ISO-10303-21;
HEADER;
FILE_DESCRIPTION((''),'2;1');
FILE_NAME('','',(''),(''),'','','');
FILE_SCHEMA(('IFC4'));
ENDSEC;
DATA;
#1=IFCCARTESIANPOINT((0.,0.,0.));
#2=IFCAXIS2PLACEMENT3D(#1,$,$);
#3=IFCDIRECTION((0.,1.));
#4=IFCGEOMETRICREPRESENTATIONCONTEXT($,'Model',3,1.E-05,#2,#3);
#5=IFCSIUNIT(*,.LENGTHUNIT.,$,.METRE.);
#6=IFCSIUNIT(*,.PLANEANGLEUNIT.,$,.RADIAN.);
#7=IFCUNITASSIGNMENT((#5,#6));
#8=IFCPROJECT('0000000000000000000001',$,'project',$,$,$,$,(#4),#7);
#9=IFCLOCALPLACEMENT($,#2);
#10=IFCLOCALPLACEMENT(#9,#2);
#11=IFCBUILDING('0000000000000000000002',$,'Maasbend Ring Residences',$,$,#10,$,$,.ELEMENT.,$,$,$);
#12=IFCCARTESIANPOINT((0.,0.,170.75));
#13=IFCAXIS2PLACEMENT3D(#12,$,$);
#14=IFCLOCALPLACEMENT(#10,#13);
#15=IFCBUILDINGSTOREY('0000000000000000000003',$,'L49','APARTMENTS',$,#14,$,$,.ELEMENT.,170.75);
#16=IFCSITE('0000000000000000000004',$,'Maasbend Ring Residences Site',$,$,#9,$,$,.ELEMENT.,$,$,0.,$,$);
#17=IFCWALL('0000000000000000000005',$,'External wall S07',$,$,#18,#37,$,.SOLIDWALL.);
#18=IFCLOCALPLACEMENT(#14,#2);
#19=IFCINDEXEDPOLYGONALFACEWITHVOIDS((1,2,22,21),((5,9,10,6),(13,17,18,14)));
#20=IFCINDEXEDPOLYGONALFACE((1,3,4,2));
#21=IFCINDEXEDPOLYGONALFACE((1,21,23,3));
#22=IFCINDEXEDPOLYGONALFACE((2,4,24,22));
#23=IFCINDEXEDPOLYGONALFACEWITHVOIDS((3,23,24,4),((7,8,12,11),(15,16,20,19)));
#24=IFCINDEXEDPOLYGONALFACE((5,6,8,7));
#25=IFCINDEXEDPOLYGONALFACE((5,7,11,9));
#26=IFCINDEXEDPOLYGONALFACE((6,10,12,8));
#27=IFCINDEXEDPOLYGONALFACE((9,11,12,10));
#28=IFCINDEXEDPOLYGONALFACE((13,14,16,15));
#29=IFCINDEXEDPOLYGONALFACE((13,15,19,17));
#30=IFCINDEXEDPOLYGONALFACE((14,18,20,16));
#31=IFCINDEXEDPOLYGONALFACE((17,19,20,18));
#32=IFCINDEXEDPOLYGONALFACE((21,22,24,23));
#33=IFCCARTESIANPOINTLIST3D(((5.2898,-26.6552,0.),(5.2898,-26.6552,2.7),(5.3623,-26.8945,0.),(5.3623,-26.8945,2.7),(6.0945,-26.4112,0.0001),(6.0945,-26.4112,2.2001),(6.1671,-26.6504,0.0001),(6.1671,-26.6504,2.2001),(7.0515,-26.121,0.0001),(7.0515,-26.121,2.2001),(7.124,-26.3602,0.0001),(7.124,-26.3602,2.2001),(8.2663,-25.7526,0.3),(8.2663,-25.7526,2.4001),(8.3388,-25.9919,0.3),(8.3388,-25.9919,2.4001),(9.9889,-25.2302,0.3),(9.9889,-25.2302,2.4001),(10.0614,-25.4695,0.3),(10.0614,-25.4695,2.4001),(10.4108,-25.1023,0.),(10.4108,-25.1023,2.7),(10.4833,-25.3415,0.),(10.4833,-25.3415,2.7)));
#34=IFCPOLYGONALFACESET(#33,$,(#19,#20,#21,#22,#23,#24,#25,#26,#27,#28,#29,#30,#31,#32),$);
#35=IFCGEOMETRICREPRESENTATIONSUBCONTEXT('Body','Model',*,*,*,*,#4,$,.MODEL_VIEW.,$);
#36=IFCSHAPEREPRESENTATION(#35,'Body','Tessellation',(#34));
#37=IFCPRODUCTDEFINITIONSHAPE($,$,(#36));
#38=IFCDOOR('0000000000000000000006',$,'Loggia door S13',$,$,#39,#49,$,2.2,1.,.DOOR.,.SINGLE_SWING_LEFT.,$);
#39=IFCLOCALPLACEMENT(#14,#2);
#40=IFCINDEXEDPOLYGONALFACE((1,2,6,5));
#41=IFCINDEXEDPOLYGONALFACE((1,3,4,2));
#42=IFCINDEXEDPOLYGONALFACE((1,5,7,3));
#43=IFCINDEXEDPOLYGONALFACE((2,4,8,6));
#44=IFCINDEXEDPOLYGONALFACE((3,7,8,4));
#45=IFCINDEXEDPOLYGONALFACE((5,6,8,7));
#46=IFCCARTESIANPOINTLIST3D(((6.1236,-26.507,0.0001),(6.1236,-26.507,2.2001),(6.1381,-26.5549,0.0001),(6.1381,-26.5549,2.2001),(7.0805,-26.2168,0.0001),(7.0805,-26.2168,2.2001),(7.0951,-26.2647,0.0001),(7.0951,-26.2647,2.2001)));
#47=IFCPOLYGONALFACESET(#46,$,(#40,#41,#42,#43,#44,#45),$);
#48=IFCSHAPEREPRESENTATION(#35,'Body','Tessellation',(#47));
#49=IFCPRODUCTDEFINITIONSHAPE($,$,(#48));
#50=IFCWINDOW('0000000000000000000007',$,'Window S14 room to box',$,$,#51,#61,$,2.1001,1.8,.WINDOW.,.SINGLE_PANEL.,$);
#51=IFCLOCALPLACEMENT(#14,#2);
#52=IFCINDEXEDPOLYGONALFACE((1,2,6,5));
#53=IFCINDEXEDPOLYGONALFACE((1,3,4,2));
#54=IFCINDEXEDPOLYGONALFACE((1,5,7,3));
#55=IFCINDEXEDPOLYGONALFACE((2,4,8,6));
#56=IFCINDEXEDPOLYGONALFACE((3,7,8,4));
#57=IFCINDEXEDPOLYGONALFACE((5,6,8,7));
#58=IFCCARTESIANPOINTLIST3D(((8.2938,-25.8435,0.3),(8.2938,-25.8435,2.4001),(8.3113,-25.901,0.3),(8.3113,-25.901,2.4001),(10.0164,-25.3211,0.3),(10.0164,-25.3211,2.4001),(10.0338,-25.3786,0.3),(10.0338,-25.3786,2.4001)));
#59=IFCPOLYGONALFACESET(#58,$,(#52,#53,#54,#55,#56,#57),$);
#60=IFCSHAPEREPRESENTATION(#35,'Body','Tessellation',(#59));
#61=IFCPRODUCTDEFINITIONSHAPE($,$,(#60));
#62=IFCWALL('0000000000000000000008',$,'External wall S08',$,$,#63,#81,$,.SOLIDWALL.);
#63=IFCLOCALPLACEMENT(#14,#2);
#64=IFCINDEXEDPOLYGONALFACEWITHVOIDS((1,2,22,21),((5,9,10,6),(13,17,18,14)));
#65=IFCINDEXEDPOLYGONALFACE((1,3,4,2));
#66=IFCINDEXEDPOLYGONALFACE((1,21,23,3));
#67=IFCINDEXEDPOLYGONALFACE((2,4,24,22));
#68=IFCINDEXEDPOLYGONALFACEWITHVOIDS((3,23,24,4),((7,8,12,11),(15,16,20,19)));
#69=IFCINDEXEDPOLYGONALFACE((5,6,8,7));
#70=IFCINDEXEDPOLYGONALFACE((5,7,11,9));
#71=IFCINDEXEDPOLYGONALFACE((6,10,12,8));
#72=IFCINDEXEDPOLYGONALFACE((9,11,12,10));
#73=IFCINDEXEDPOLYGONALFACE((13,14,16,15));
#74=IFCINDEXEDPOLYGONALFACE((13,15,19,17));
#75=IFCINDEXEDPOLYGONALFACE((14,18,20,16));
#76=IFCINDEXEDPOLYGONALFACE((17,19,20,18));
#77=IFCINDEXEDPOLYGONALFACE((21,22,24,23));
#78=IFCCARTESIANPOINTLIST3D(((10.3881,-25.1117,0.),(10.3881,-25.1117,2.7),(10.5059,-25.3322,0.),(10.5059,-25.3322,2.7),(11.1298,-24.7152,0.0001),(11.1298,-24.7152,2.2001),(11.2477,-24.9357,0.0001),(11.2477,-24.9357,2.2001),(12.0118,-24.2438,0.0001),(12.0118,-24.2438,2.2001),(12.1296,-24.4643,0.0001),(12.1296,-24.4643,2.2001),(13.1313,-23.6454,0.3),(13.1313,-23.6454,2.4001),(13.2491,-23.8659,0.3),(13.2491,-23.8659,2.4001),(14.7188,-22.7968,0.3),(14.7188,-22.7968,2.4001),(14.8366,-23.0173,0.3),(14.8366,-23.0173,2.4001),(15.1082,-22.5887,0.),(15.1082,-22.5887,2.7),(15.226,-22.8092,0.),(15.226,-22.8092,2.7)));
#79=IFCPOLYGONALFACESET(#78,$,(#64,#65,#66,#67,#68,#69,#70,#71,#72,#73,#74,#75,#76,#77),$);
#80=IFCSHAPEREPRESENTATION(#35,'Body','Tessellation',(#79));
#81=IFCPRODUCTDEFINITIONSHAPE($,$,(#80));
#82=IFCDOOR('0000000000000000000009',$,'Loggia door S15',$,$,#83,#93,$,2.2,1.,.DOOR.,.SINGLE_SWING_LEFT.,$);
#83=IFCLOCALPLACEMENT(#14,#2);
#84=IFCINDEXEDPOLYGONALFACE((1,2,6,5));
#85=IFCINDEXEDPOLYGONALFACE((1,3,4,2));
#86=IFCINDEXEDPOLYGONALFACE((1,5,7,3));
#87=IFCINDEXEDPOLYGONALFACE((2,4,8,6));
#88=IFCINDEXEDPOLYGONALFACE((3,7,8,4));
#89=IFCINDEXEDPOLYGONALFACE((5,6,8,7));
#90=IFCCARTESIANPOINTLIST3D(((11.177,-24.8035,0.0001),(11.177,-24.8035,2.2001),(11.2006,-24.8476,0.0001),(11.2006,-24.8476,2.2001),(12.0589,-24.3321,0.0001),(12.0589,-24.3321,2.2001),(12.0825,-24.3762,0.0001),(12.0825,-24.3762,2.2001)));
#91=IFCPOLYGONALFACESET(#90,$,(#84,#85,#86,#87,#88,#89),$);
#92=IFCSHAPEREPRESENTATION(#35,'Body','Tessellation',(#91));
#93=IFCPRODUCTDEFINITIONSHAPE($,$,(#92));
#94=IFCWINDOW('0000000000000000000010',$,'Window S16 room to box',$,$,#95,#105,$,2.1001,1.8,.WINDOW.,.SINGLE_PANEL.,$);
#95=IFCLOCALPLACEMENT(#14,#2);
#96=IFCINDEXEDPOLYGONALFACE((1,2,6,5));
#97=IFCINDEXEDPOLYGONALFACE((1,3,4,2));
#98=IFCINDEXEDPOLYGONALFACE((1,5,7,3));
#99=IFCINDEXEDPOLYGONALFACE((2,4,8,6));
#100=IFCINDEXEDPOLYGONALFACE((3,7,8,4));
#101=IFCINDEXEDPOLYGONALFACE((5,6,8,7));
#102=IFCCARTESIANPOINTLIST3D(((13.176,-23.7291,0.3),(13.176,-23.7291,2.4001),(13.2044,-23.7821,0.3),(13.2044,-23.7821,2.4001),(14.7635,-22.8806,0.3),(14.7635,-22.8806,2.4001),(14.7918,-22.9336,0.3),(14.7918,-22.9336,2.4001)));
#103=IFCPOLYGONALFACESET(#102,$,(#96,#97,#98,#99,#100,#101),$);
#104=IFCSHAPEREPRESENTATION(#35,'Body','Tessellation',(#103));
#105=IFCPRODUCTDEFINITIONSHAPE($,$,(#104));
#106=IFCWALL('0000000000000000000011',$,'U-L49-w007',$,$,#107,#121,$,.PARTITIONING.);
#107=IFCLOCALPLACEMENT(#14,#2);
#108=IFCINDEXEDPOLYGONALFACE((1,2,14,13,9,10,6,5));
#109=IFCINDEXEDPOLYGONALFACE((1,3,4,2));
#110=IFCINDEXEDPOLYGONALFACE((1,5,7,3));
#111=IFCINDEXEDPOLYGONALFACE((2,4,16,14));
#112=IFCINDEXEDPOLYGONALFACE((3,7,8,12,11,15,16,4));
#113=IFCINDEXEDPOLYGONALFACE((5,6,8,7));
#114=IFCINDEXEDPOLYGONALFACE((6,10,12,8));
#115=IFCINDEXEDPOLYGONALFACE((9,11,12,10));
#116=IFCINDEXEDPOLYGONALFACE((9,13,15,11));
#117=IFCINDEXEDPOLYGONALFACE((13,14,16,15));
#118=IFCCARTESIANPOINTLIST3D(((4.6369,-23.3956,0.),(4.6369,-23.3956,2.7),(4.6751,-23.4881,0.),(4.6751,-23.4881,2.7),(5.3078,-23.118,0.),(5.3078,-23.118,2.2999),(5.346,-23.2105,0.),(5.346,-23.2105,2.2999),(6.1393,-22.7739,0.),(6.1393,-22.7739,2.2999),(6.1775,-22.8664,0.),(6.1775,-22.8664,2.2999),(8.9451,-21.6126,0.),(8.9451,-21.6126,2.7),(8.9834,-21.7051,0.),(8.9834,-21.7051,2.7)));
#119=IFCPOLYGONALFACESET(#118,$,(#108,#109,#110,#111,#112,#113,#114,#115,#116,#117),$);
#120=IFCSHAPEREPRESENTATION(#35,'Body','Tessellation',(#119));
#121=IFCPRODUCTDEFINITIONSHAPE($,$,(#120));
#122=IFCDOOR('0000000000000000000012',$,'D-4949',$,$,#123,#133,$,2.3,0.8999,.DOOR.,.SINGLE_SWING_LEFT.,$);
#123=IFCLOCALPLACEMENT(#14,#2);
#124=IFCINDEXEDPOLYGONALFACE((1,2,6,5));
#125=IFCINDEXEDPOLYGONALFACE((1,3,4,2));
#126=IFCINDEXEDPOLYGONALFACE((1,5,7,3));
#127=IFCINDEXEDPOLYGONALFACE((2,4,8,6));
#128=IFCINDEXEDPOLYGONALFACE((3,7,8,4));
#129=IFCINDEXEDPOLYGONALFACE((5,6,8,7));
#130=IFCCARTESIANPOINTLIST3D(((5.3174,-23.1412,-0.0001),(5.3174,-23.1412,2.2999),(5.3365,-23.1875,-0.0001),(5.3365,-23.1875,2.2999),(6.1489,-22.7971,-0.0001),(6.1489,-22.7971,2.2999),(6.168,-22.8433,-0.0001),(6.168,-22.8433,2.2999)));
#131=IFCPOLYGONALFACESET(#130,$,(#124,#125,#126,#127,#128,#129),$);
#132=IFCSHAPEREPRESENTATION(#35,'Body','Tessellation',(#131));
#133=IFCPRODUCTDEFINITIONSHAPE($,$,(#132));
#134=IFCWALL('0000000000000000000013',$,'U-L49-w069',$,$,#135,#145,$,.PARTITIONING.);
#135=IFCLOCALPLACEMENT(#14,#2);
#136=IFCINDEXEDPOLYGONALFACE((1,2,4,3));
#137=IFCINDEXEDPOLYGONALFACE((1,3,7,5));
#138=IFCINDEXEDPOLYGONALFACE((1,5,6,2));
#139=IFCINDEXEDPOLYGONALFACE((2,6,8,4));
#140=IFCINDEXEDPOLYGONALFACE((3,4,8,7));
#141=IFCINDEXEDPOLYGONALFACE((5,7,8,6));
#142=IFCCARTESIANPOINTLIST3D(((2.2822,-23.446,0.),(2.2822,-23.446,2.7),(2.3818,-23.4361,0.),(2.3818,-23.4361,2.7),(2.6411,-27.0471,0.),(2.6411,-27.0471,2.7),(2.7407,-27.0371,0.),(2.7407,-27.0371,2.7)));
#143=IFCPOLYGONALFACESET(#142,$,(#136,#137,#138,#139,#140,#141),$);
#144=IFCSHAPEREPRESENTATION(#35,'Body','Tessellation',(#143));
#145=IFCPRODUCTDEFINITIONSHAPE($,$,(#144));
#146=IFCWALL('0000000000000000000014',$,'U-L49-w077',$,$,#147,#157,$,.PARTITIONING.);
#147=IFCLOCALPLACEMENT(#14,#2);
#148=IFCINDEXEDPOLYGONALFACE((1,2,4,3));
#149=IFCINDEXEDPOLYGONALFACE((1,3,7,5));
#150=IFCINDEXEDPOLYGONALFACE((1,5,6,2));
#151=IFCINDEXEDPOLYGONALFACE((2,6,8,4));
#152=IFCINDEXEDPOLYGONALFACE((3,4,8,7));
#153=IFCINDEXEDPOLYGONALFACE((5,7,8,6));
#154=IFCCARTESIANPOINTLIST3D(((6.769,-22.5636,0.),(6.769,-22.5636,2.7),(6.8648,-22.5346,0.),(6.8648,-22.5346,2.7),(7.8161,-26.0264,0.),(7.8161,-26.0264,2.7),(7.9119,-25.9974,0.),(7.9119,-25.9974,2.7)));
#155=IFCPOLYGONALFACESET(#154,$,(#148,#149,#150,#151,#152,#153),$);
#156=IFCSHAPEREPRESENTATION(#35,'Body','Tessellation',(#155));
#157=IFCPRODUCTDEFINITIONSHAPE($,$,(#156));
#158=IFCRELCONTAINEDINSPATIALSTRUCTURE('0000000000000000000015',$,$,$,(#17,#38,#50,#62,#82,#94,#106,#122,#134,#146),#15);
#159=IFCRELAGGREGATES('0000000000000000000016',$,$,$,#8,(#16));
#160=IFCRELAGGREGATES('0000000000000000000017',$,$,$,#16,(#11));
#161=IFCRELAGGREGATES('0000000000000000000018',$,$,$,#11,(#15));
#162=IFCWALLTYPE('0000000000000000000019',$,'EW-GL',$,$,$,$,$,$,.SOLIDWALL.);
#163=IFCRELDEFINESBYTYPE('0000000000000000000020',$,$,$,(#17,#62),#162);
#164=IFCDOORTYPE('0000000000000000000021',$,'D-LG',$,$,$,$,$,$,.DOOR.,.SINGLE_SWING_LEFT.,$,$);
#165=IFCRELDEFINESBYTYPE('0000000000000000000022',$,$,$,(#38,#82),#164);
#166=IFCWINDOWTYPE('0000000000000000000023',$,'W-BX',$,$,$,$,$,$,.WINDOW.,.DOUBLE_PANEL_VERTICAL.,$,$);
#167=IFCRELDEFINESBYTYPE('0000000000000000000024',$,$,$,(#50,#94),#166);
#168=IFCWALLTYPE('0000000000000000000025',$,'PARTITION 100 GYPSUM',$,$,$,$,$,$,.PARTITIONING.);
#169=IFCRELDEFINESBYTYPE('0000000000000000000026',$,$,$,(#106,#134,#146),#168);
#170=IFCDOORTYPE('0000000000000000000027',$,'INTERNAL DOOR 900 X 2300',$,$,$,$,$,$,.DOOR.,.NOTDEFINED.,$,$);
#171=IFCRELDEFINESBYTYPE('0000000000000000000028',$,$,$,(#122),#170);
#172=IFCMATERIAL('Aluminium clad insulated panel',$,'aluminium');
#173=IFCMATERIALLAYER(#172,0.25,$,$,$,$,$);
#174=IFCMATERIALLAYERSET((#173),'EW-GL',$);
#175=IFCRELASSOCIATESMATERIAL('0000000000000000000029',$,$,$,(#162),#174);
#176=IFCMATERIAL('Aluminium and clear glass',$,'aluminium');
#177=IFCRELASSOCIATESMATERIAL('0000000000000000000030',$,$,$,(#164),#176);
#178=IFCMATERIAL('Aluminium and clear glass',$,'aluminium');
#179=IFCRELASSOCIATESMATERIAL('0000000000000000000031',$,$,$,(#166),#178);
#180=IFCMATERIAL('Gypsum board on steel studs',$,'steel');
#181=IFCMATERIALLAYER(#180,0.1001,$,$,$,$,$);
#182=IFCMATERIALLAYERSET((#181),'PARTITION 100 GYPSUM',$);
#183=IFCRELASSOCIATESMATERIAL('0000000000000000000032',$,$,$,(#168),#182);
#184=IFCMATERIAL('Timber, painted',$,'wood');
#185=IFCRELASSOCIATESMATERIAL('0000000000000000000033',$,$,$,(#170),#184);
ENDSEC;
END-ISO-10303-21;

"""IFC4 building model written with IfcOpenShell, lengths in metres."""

from ifc_helpers import new_model, si_unit, direction, frame, frame_2d, origin, place, context, subcontext, project, spatial, rectangle, extrude, material, layer, layer_set, type_object, element, fill, save


model = new_model("IFC4")

# Units and contexts
model_context = context("Model", 3, precision=1e-05, world=origin(), true_north=direction((0.0, 1.0)))
body_context = subcontext(model_context, "Body", "Model", "MODEL_VIEW")
ifc_project = project(units=[si_unit("LENGTHUNIT", "METRE"), si_unit("PLANEANGLEUNIT", "RADIAN")], contexts=[model_context])

# Site, building, storey
site_placement = place(None, origin())
site = spatial("IfcSite", under=ifc_project, at=site_placement, Name="Maasbend Ring Residences Site", CompositionType="ELEMENT", RefElevation=0.0)
building_placement = place(site_placement, origin())
building = spatial("IfcBuilding", under=site, at=building_placement, Name="Maasbend Ring Residences", CompositionType="ELEMENT")
storey_placement = place(building_placement, frame((0.0, 0.0, 170.75)))
storey = spatial("IfcBuildingStorey", under=building, at=storey_placement, Name="L49", Description="APARTMENTS", CompositionType="ELEMENT", Elevation=170.75)

# Walls, openings, doors, windows
ifc_material_1 = material(Name="Aluminium clad insulated panel", Category="aluminium")
ifc_layer_1 = layer(ifc_material_1, 0.25)
ifc_layer_set_1 = layer_set([ifc_layer_1], Name="EW-GL")
wall_type_1 = type_object("IfcWallType", Name="EW-GL", PredefinedType="SOLIDWALL", material=ifc_layer_set_1)
wall_1_placement = place(storey_placement, frame((5.3259, -26.7749, 0.0), z_axis=(0.0, 0.0, 1.0), x_axis=(0.956966, 0.290201, 0.0)))
wall_1 = element("IfcWall", 1, at=wall_1_placement, inside=storey, type_object=wall_type_1, Name="External wall S07", PredefinedType="SOLIDWALL", context=body_context, shape_type="SweptSolid", body=[
    extrude(rectangle(XDim=5.3513, YDim=0.25, at=frame_2d((2.6758, 0.0))), origin(), (0.0, 0.0, 1.0), 2.7),
])
opening_1_placement = place(wall_1_placement, frame((0.8411, 0.0, 0.0)))
opening_1 = element("IfcOpeningElement", 2, at=opening_1_placement, cuts=wall_1, PredefinedType="OPENING", context=body_context, shape_type="SweptSolid", body=[
    extrude(rectangle(XDim=1.0, YDim=2.2, at=frame_2d((0.5, 1.1001))), frame((0.0, 0.135, 0.0), z_axis=(0.0, -1.0, 0.0), x_axis=(1.0, 0.0, 0.0)), (0.0, 0.0, 1.0), 0.27),
])
opening_2_placement = place(wall_1_placement, frame((3.1106, 0.0, 0.3)))
opening_2 = element("IfcOpeningElement", 3, at=opening_2_placement, cuts=wall_1, PredefinedType="OPENING", context=body_context, shape_type="SweptSolid", body=[
    extrude(rectangle(XDim=1.8, YDim=2.1001, at=frame_2d((0.8999, 1.05))), frame((0.0, 0.135, 0.0), z_axis=(0.0, -1.0, 0.0), x_axis=(1.0, 0.0, 0.0)), (0.0, 0.0, 1.0), 0.27),
])
ifc_material_2 = material(Name="Aluminium and clear glass", Category="aluminium")
door_type_1 = type_object("IfcDoorType", Name="D-LG", OperationType="SINGLE_SWING_LEFT", PredefinedType="DOOR", material=ifc_material_2)
door_1_placement = place(opening_1_placement, origin())
door_1 = element("IfcDoor", 4, at=door_1_placement, inside=storey, type_object=door_type_1, Name="Loggia door S13", OperationType="SINGLE_SWING_LEFT", OverallHeight=2.2, OverallWidth=1.0, PredefinedType="DOOR", context=body_context, shape_type="SweptSolid", body=[
    extrude(rectangle(XDim=1.0, YDim=2.2, at=frame_2d((0.5, 1.1001))), frame((0.0, 0.0249, 0.0), z_axis=(0.0, -1.0, 0.0), x_axis=(1.0, 0.0, 0.0)), (0.0, 0.0, 1.0), 0.05),
])
fill(opening_1, door_1)
ifc_material_3 = material(Name="Aluminium and clear glass", Category="aluminium")
window_type_1 = type_object("IfcWindowType", Name="W-BX", PartitioningType="DOUBLE_PANEL_VERTICAL", PredefinedType="WINDOW", material=ifc_material_3)
window_1_placement = place(opening_2_placement, origin())
window_1 = element("IfcWindow", 5, at=window_1_placement, inside=storey, type_object=window_type_1, Name="Window S14 room to box", OverallHeight=2.1001, OverallWidth=1.8, PartitioningType="SINGLE_PANEL", PredefinedType="WINDOW", context=body_context, shape_type="SweptSolid", body=[
    extrude(rectangle(XDim=1.8, YDim=2.1001, at=frame_2d((0.8999, 1.05))), frame((0.0, 0.03, 0.0), z_axis=(0.0, -1.0, 0.0), x_axis=(1.0, 0.0, 0.0)), (0.0, 0.0, 1.0), 0.0601),
])
fill(opening_2, window_1)
wall_2_placement = place(storey_placement, frame((10.447, -25.2219, 0.0), z_axis=(0.0, 0.0, 1.0), x_axis=(0.881916, 0.471407, 0.0)))
wall_2 = element("IfcWall", 6, at=wall_2_placement, inside=storey, type_object=wall_type_1, Name="External wall S08", PredefinedType="SOLIDWALL", context=body_context, shape_type="SweptSolid", body=[
    extrude(rectangle(XDim=5.3521, YDim=0.25, at=frame_2d((2.676, 0.0))), origin(), (0.0, 0.0, 1.0), 2.7),
])
opening_3_placement = place(wall_2_placement, frame((0.8411, 0.0, 0.0)))
opening_3 = element("IfcOpeningElement", 7, at=opening_3_placement, cuts=wall_2, PredefinedType="OPENING", context=body_context, shape_type="SweptSolid", body=[
    extrude(rectangle(XDim=1.0, YDim=2.2, at=frame_2d((0.5, 1.1001))), frame((0.0, 0.135, 0.0), z_axis=(0.0, -1.0, 0.0), x_axis=(1.0, 0.0, 0.0)), (0.0, 0.0, 1.0), 0.27),
])
opening_4_placement = place(wall_2_placement, frame((3.1106, 0.0, 0.3)))
opening_4 = element("IfcOpeningElement", 8, at=opening_4_placement, cuts=wall_2, PredefinedType="OPENING", context=body_context, shape_type="SweptSolid", body=[
    extrude(rectangle(XDim=1.8, YDim=2.1001, at=frame_2d((0.8999, 1.05))), frame((0.0, 0.135, 0.0), z_axis=(0.0, -1.0, 0.0), x_axis=(1.0, 0.0, 0.0)), (0.0, 0.0, 1.0), 0.27),
])
door_2_placement = place(opening_3_placement, origin())
door_2 = element("IfcDoor", 9, at=door_2_placement, inside=storey, type_object=door_type_1, Name="Loggia door S15", OperationType="SINGLE_SWING_LEFT", OverallHeight=2.2, OverallWidth=1.0, PredefinedType="DOOR", context=body_context, shape_type="SweptSolid", body=[
    extrude(rectangle(XDim=1.0, YDim=2.2, at=frame_2d((0.5, 1.1001))), frame((0.0, 0.0249, 0.0), z_axis=(0.0, -1.0, 0.0), x_axis=(1.0, 0.0, 0.0)), (0.0, 0.0, 1.0), 0.05),
])
fill(opening_3, door_2)
window_2_placement = place(opening_4_placement, origin())
window_2 = element("IfcWindow", 10, at=window_2_placement, inside=storey, type_object=window_type_1, Name="Window S16 room to box", OverallHeight=2.1001, OverallWidth=1.8, PartitioningType="SINGLE_PANEL", PredefinedType="WINDOW", context=body_context, shape_type="SweptSolid", body=[
    extrude(rectangle(XDim=1.8, YDim=2.1001, at=frame_2d((0.8999, 1.05))), frame((0.0, 0.03, 0.0), z_axis=(0.0, -1.0, 0.0), x_axis=(1.0, 0.0, 0.0)), (0.0, 0.0, 1.0), 0.0601),
])
fill(opening_4, window_2)

# Wall, opening, door
ifc_material_4 = material(Name="Gypsum board on steel studs", Category="steel")
ifc_layer_2 = layer(ifc_material_4, 0.1001)
ifc_layer_set_2 = layer_set([ifc_layer_2], Name="PARTITION 100 GYPSUM")
wall_type_2 = type_object("IfcWallType", Name="PARTITION 100 GYPSUM", PredefinedType="PARTITIONING", material=ifc_layer_set_2)
wall_3_placement = place(storey_placement, frame((4.656, -23.4419, 0.0), z_axis=(0.0, 0.0, 1.0), x_axis=(0.923995, 0.382406, 0.0)))
wall_3 = element("IfcWall", 11, at=wall_3_placement, inside=storey, type_object=wall_type_2, Name="U-L49-w007", PredefinedType="PARTITIONING", context=body_context, shape_type="SweptSolid", body=[
    extrude(rectangle(XDim=4.6626, YDim=0.1001, at=frame_2d((2.3313, 0.0))), origin(), (0.0, 0.0, 1.0), 2.7),
])
opening_5_placement = place(wall_3_placement, frame((0.7261, 0.0, 0.0)))
opening_5 = element("IfcOpeningElement", 12, at=opening_5_placement, cuts=wall_3, PredefinedType="OPENING", context=body_context, shape_type="SweptSolid", body=[
    extrude(rectangle(XDim=0.8999, YDim=2.3, at=frame_2d((0.45, 1.1499))), frame((0.0, 0.0601, 0.0), z_axis=(0.0, -1.0, 0.0), x_axis=(1.0, 0.0, 0.0)), (0.0, 0.0, 1.0), 0.1201),
])
ifc_material_5 = material(Name="Timber, painted", Category="wood")
door_type_2 = type_object("IfcDoorType", Name="INTERNAL DOOR 900 X 2300", OperationType="NOTDEFINED", PredefinedType="DOOR", material=ifc_material_5)
door_3_placement = place(opening_5_placement, origin())
door_3 = element("IfcDoor", 13, at=door_3_placement, inside=storey, type_object=door_type_2, Name="D-4949", OperationType="SINGLE_SWING_LEFT", OverallHeight=2.3, OverallWidth=0.8999, PredefinedType="DOOR", context=body_context, shape_type="SweptSolid", body=[
    extrude(rectangle(XDim=0.8999, YDim=2.3, at=frame_2d((0.45, 1.1499))), frame((0.0, 0.0249, 0.0), z_axis=(0.0, -1.0, 0.0), x_axis=(1.0, 0.0, 0.0)), (0.0, 0.0, 1.0), 0.05),
])
fill(opening_5, door_3)

# Walls
wall_4_placement = place(storey_placement, frame((2.332, -23.4409, 0.0), z_axis=(0.0, 0.0, 1.0), x_axis=(0.09917, -0.995071, 0.0)))
element("IfcWall", 14, at=wall_4_placement, inside=storey, type_object=wall_type_2, Name="U-L49-w069", PredefinedType="PARTITIONING", context=body_context, shape_type="SweptSolid", body=[
    extrude(rectangle(XDim=3.6189, YDim=0.1001, at=frame_2d((1.8096, 0.0))), origin(), (0.0, 0.0, 1.0), 2.7),
])
wall_5_placement = place(storey_placement, frame((6.8169, -22.5491, 0.0), z_axis=(0.0, 0.0, 1.0), x_axis=(0.28944, -0.957196, 0.0)))
element("IfcWall", 15, at=wall_5_placement, inside=storey, type_object=wall_type_2, Name="U-L49-w077", PredefinedType="PARTITIONING", context=body_context, shape_type="SweptSolid", body=[
    extrude(rectangle(XDim=3.6177, YDim=0.1001, at=frame_2d((1.8088, 0.0))), origin(), (0.0, 0.0, 1.0), 2.7),
])

save(model, "model.ifc")
